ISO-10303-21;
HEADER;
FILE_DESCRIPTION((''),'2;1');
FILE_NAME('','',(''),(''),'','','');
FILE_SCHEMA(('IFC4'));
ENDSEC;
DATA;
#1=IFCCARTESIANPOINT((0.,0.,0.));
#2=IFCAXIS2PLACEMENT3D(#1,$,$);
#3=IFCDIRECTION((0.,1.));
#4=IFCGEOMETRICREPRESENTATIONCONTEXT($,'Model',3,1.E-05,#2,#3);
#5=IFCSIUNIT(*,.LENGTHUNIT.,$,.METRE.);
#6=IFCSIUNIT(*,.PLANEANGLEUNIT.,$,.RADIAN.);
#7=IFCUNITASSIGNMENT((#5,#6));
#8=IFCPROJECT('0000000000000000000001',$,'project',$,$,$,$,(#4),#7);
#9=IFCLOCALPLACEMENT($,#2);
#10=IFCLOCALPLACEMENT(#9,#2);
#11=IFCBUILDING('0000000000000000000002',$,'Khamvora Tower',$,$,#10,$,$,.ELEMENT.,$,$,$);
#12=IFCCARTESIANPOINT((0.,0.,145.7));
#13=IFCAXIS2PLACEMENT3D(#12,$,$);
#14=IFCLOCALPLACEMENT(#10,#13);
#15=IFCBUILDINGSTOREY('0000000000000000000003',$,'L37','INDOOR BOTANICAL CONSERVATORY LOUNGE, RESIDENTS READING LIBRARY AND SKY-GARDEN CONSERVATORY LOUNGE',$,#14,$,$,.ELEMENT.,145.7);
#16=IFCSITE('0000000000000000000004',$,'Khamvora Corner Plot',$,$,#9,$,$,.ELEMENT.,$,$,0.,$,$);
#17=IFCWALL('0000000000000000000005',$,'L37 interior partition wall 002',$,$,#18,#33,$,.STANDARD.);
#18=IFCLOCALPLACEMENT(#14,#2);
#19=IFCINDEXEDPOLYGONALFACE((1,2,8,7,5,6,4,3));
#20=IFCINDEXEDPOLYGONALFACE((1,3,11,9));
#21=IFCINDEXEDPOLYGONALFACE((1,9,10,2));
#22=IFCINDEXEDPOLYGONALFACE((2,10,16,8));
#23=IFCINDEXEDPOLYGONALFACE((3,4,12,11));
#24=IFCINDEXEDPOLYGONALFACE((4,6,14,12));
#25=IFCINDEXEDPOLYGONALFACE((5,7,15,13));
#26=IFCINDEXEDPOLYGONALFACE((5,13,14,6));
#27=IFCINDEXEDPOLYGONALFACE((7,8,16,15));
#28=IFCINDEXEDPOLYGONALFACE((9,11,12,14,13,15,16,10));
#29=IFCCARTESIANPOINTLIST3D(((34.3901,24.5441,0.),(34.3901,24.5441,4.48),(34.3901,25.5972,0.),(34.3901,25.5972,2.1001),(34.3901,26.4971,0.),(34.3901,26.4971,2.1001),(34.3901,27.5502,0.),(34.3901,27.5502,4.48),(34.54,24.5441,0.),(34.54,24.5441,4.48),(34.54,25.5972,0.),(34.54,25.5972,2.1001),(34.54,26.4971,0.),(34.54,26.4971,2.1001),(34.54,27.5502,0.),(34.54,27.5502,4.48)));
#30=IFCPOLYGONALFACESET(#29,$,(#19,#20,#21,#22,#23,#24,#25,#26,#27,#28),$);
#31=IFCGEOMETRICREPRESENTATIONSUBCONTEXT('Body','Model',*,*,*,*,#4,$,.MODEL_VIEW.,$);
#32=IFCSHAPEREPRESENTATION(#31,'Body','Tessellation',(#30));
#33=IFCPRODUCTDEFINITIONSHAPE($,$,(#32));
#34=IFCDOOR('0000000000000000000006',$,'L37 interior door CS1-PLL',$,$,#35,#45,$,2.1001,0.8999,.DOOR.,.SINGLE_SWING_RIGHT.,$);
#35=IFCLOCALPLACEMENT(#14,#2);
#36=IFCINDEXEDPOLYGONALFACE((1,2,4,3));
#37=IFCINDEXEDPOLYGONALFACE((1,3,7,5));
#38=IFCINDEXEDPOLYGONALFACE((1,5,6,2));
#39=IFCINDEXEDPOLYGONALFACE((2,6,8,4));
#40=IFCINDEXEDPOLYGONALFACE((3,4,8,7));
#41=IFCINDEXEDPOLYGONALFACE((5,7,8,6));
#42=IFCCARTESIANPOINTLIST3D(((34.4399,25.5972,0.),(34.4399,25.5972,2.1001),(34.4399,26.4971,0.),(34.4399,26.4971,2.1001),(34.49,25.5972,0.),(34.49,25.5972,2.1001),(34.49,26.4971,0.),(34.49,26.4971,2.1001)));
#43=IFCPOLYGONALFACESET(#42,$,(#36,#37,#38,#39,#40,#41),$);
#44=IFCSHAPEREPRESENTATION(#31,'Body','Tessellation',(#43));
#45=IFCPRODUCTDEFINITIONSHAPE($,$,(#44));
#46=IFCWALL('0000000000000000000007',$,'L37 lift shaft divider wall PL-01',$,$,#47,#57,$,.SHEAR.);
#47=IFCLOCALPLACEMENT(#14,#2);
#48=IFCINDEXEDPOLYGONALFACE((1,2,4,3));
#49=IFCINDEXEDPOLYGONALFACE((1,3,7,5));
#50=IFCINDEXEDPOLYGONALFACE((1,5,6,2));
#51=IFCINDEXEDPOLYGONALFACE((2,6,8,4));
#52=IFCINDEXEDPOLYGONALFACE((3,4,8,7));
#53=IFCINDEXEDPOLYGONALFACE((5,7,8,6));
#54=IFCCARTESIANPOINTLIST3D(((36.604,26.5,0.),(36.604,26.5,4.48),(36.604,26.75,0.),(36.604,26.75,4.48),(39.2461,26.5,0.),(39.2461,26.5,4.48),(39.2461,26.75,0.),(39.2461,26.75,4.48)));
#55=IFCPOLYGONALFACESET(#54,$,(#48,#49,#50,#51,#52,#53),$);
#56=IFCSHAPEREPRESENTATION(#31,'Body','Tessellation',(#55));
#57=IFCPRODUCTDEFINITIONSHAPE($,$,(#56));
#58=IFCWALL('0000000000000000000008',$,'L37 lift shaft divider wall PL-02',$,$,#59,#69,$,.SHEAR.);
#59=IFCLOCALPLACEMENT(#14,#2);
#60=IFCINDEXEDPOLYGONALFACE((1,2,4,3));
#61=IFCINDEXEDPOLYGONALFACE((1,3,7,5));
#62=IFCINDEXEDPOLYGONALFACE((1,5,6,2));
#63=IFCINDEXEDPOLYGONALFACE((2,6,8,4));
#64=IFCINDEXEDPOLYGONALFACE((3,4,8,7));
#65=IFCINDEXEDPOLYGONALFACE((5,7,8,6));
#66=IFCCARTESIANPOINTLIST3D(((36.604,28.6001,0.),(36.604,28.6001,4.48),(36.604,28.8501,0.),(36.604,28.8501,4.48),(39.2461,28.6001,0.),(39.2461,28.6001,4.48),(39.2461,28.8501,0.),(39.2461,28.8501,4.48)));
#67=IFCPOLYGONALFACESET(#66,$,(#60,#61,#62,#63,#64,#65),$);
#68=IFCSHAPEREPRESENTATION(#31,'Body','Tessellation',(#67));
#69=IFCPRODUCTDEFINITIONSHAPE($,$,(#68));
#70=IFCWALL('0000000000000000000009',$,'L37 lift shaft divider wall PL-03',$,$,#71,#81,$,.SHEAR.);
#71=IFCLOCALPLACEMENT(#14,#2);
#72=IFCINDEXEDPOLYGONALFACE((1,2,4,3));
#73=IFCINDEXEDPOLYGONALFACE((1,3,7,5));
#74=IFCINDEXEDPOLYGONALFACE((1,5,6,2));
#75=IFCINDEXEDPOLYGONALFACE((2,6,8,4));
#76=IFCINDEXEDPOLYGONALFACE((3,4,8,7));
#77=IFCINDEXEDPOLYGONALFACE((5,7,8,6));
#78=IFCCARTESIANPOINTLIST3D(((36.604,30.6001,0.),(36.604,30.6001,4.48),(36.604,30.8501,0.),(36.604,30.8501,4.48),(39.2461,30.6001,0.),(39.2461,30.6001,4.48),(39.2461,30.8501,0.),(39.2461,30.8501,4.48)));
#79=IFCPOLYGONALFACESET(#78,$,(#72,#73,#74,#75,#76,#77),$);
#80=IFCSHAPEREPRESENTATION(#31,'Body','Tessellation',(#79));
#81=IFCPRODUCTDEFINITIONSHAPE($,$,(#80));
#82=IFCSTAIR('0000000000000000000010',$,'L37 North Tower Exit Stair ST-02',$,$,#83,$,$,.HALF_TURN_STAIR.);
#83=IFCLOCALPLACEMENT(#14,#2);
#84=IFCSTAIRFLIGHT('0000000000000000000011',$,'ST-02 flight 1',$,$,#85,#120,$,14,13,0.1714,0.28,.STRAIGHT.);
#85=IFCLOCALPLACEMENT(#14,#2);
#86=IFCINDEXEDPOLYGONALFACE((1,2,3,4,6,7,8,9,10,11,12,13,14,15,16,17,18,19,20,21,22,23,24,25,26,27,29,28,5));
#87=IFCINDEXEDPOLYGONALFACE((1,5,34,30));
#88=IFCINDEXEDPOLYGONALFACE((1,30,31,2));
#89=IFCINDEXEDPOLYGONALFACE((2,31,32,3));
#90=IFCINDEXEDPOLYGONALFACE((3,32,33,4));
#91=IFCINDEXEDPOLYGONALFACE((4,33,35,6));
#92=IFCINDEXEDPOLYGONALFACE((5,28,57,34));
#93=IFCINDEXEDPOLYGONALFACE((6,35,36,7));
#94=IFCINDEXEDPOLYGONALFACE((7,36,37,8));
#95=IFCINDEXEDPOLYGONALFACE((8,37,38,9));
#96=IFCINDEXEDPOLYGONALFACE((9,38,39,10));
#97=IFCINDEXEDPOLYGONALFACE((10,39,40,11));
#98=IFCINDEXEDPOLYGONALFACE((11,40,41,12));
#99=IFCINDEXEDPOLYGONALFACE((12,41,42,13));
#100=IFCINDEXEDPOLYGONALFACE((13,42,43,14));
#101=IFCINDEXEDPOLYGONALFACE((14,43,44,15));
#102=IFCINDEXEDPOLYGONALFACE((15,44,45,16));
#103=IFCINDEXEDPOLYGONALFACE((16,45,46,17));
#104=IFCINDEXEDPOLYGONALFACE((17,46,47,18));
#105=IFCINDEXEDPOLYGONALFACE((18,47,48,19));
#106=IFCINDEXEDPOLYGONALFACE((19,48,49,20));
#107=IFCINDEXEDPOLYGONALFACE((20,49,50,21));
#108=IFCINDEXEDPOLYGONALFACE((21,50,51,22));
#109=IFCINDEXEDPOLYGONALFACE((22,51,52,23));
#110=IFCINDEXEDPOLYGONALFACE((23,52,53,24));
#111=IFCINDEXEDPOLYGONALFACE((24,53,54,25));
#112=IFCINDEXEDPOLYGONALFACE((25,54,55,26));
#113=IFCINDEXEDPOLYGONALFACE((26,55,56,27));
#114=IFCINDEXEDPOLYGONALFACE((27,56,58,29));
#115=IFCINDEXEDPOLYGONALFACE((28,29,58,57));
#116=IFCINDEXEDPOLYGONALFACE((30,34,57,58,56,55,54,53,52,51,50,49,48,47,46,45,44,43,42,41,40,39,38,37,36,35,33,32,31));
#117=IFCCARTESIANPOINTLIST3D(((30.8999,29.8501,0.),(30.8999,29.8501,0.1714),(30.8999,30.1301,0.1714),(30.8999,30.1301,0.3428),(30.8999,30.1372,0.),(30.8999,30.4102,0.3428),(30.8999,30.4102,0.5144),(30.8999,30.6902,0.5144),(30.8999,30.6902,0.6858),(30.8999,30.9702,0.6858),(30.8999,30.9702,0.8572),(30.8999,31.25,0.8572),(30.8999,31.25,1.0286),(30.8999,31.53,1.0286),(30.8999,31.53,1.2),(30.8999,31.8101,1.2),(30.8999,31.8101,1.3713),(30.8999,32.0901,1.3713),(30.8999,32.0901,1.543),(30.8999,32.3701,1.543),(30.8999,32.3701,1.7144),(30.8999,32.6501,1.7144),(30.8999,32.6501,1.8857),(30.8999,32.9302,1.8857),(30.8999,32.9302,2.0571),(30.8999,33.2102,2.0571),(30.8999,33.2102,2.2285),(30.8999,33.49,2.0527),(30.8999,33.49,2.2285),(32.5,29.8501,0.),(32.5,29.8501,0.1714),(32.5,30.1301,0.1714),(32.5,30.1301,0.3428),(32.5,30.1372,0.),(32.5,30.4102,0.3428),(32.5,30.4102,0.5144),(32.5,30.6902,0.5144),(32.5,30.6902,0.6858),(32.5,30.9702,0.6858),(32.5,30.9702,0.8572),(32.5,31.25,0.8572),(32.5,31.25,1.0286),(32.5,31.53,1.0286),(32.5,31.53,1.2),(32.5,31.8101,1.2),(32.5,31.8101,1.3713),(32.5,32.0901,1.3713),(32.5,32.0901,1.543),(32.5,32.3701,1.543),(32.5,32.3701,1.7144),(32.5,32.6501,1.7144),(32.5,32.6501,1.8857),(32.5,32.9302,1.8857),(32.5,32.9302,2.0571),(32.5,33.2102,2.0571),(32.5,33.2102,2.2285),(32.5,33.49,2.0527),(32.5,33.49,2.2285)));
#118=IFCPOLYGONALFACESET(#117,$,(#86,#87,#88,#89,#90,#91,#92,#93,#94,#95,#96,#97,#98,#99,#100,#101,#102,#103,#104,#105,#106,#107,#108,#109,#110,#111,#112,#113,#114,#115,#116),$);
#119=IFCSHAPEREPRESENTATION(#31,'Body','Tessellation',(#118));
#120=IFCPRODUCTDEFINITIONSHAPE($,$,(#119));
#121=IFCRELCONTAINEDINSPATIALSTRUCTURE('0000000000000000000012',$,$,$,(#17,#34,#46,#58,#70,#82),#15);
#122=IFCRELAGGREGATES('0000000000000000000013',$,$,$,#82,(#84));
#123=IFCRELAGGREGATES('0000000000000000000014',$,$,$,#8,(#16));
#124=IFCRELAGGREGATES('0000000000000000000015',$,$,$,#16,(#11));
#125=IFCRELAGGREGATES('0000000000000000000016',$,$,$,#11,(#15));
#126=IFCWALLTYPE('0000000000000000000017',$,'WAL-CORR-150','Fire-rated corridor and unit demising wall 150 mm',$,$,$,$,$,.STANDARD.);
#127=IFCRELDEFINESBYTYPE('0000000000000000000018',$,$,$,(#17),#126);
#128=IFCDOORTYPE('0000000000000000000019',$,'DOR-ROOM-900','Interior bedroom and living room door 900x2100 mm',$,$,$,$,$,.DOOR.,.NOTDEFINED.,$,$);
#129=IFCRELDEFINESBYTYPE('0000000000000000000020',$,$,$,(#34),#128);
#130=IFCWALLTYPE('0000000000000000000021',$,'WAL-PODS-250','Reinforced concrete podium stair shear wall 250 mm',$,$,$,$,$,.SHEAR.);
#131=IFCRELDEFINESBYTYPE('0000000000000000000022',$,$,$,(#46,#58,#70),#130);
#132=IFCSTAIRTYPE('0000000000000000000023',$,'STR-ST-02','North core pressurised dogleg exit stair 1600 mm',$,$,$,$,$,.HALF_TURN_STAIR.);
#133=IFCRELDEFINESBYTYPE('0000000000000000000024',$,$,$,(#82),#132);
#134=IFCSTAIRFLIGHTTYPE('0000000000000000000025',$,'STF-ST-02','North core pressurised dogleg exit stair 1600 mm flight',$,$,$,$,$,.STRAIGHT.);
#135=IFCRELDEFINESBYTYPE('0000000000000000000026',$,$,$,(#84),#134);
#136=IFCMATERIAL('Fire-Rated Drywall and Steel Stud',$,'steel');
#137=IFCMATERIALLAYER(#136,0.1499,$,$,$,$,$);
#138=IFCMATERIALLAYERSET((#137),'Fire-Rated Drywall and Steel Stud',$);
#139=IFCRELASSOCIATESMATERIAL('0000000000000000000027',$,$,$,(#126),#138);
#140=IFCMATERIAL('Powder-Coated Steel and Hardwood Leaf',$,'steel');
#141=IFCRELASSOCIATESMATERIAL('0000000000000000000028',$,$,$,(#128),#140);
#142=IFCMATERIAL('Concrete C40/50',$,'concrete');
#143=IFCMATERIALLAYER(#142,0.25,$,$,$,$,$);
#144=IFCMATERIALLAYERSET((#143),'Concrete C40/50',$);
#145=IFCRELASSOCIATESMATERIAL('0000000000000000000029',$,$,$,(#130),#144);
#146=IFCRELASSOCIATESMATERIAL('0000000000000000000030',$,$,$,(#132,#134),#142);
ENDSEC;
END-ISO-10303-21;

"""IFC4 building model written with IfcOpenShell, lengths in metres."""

from ifc_helpers import new_model, si_unit, direction, frame, frame_2d, origin, place, context, subcontext, project, spatial, polyline, rectangle, outline, extrude, material, layer, layer_set, type_object, element, fill, aggregate, save


model = new_model("IFC4")

# Units and contexts
model_context = context("Model", 3, precision=1e-05, world=origin(), true_north=direction((0.0, 1.0)))
body_context = subcontext(model_context, "Body", "Model", "MODEL_VIEW")
ifc_project = project(units=[si_unit("LENGTHUNIT", "METRE"), si_unit("PLANEANGLEUNIT", "RADIAN")], contexts=[model_context])

# Site, building, storey
site_placement = place(None, origin())
site = spatial("IfcSite", under=ifc_project, at=site_placement, Name="Khamvora Corner Plot", CompositionType="ELEMENT", RefElevation=0.0)
building_placement = place(site_placement, origin())
building = spatial("IfcBuilding", under=site, at=building_placement, Name="Khamvora Tower", CompositionType="ELEMENT")
storey_placement = place(building_placement, frame((0.0, 0.0, 145.7)))
storey = spatial("IfcBuildingStorey", under=building, at=storey_placement, Name="L37", Description="INDOOR BOTANICAL CONSERVATORY LOUNGE, RESIDENTS READING LIBRARY AND SKY-GARDEN CONSERVATORY LOUNGE", CompositionType="ELEMENT", Elevation=145.7)

# Shared definitions
ifc_material_1 = material(Name="Powder-Coated Steel and Hardwood Leaf", Category="steel")

# Shared definitions
ifc_material_2 = material(Name="Fire-Rated Drywall and Steel Stud", Category="steel")
ifc_layer_1 = layer(ifc_material_2, 0.1499)
ifc_layer_set_1 = layer_set([ifc_layer_1], Name="Fire-Rated Drywall and Steel Stud")
wall_type_1 = type_object("IfcWallType", Name="WAL-CORR-150", Description="Fire-rated corridor and unit demising wall 150 mm", PredefinedType="STANDARD", material=ifc_layer_set_1)

# Wall, opening, door
wall_1_placement = place(storey_placement, frame((34.4651, 27.55, 0.0), z_axis=(0.0, 0.0, 1.0), x_axis=(0.0, -1.0, 0.0)))
wall_1 = element("IfcWall", 1, at=wall_1_placement, inside=storey, type_object=wall_type_1, Name="L37 interior partition wall 002", PredefinedType="STANDARD", context=body_context, shape_type="SweptSolid", body=[
    extrude(rectangle(XDim=3.0061, YDim=0.1499, at=frame_2d((1.5029, 0.0))), origin(), (0.0, 0.0, 1.0), 4.48),
])
opening_1_placement = place(wall_1_placement, frame((1.053, 0.0, 0.0)))
opening_1 = element("IfcOpeningElement", 2, at=opening_1_placement, cuts=wall_1, PredefinedType="OPENING", context=body_context, shape_type="SweptSolid", body=[
    extrude(rectangle(XDim=0.8999, YDim=2.1001, at=frame_2d((0.45, 1.05))), frame((0.0, 0.085, 0.0), z_axis=(0.0, -1.0, 0.0), x_axis=(1.0, 0.0, 0.0)), (0.0, 0.0, 1.0), 0.1699),
])
door_type_1 = type_object("IfcDoorType", Name="DOR-ROOM-900", Description="Interior bedroom and living room door 900x2100 mm", OperationType="NOTDEFINED", PredefinedType="DOOR", material=ifc_material_1)
door_1_placement = place(opening_1_placement, origin())
door_1 = element("IfcDoor", 3, at=door_1_placement, inside=storey, type_object=door_type_1, Name="L37 interior door CS1-PLL", OperationType="SINGLE_SWING_RIGHT", OverallHeight=2.1001, OverallWidth=0.8999, PredefinedType="DOOR", context=body_context, shape_type="SweptSolid", body=[
    extrude(rectangle(XDim=0.8999, YDim=2.1001, at=frame_2d((0.45, 1.05))), frame((0.0, 0.0249, 0.0), z_axis=(0.0, -1.0, 0.0), x_axis=(1.0, 0.0, 0.0)), (0.0, 0.0, 1.0), 0.05),
])
fill(opening_1, door_1)

# Walls
ifc_material_3 = material(Name="Concrete C40/50", Category="concrete")
ifc_layer_2 = layer(ifc_material_3, 0.25)
ifc_layer_set_2 = layer_set([ifc_layer_2], Name="Concrete C40/50")
wall_type_2 = type_object("IfcWallType", Name="WAL-PODS-250", Description="Reinforced concrete podium stair shear wall 250 mm", PredefinedType="SHEAR", material=ifc_layer_set_2)
for number, where, z_axis, x_axis, name in (
    (4, (36.604, 26.625, 0.0), (0.0, 0.0, 1.0), (1.0, 0.0, 0.0), "L37 lift shaft divider wall PL-01"),
    (5, (36.604, 28.7251, 0.0), (0.0, 0.0, 1.0), (1.0, 0.0, 0.0), "L37 lift shaft divider wall PL-02"),
    (6, (36.604, 30.7251, 0.0), (0.0, 0.0, 1.0), (1.0, 0.0, 0.0), "L37 lift shaft divider wall PL-03"),
):
    element("IfcWall", number, at=place(storey_placement, frame(where, z_axis=z_axis, x_axis=x_axis)), inside=storey, type_object=wall_type_2, Name=name, PredefinedType="SHEAR", context=body_context, shape_type="SweptSolid", body=[
        extrude(rectangle(XDim=2.6421, YDim=0.25, at=frame_2d((1.321, 0.0))), origin(), (0.0, 0.0, 1.0), 4.48),
    ])

# Stair, stair flight
stair_type = type_object("IfcStairType", Name="STR-ST-02", Description="North core pressurised dogleg exit stair 1600 mm", PredefinedType="HALF_TURN_STAIR", material=ifc_material_3)
stair_placement = place(storey_placement, origin())
stair = element("IfcStair", 7, at=stair_placement, inside=storey, type_object=stair_type, Name="L37 North Tower Exit Stair ST-02", PredefinedType="HALF_TURN_STAIR")
stair_flight_type = type_object("IfcStairFlightType", Name="STF-ST-02", Description="North core pressurised dogleg exit stair 1600 mm flight", PredefinedType="STRAIGHT", material=ifc_material_3)
stair_flight_placement = place(storey_placement, frame((31.7, 29.8501, 0.0), z_axis=(0.0, 0.0, 1.0), x_axis=(0.0, 1.0, 0.0)))
stair_flight = element("IfcStairFlight", 8, at=stair_flight_placement, type_object=stair_flight_type, Name="ST-02 flight 1", NumberOfRisers=14, NumberOfTreads=13, PredefinedType="STRAIGHT", RiserHeight=0.1714, TreadLength=0.28, context=body_context, shape_type="SweptSolid", body=[
    extrude(outline(polyline([(0.0, 0.0), (0.0, 0.1714), (0.28, 0.1714), (0.28, 0.3428), (0.5601, 0.3428), (0.5601, 0.5144), (0.8401, 0.5144), (0.8401, 0.6858), (1.1201, 0.6858), (1.1201, 0.8572), (1.3999, 0.8572), (1.3999, 1.0286), (1.6799, 1.0286), (1.6799, 1.2), (1.96, 1.2), (1.96, 1.3713), (2.24, 1.3713), (2.24, 1.543), (2.52, 1.543), (2.52, 1.7144), (2.8, 1.7144), (2.8, 1.8857), (3.0801, 1.8857), (3.0801, 2.0571), (3.3601, 2.0571), (3.3601, 2.2285), (3.6399, 2.2285), (3.6399, 2.3999), (3.6399, 2.0527), (0.2871, 0.0), (0.0, 0.0)])), frame((0.0, 0.8, 0.0), z_axis=(0.0, -1.0, 0.0), x_axis=(1.0, 0.0, 0.0)), (0.0, 0.0, 1.0), 1.6001),
])
aggregate(stair, [stair_flight])

save(model, "model.ifc")
